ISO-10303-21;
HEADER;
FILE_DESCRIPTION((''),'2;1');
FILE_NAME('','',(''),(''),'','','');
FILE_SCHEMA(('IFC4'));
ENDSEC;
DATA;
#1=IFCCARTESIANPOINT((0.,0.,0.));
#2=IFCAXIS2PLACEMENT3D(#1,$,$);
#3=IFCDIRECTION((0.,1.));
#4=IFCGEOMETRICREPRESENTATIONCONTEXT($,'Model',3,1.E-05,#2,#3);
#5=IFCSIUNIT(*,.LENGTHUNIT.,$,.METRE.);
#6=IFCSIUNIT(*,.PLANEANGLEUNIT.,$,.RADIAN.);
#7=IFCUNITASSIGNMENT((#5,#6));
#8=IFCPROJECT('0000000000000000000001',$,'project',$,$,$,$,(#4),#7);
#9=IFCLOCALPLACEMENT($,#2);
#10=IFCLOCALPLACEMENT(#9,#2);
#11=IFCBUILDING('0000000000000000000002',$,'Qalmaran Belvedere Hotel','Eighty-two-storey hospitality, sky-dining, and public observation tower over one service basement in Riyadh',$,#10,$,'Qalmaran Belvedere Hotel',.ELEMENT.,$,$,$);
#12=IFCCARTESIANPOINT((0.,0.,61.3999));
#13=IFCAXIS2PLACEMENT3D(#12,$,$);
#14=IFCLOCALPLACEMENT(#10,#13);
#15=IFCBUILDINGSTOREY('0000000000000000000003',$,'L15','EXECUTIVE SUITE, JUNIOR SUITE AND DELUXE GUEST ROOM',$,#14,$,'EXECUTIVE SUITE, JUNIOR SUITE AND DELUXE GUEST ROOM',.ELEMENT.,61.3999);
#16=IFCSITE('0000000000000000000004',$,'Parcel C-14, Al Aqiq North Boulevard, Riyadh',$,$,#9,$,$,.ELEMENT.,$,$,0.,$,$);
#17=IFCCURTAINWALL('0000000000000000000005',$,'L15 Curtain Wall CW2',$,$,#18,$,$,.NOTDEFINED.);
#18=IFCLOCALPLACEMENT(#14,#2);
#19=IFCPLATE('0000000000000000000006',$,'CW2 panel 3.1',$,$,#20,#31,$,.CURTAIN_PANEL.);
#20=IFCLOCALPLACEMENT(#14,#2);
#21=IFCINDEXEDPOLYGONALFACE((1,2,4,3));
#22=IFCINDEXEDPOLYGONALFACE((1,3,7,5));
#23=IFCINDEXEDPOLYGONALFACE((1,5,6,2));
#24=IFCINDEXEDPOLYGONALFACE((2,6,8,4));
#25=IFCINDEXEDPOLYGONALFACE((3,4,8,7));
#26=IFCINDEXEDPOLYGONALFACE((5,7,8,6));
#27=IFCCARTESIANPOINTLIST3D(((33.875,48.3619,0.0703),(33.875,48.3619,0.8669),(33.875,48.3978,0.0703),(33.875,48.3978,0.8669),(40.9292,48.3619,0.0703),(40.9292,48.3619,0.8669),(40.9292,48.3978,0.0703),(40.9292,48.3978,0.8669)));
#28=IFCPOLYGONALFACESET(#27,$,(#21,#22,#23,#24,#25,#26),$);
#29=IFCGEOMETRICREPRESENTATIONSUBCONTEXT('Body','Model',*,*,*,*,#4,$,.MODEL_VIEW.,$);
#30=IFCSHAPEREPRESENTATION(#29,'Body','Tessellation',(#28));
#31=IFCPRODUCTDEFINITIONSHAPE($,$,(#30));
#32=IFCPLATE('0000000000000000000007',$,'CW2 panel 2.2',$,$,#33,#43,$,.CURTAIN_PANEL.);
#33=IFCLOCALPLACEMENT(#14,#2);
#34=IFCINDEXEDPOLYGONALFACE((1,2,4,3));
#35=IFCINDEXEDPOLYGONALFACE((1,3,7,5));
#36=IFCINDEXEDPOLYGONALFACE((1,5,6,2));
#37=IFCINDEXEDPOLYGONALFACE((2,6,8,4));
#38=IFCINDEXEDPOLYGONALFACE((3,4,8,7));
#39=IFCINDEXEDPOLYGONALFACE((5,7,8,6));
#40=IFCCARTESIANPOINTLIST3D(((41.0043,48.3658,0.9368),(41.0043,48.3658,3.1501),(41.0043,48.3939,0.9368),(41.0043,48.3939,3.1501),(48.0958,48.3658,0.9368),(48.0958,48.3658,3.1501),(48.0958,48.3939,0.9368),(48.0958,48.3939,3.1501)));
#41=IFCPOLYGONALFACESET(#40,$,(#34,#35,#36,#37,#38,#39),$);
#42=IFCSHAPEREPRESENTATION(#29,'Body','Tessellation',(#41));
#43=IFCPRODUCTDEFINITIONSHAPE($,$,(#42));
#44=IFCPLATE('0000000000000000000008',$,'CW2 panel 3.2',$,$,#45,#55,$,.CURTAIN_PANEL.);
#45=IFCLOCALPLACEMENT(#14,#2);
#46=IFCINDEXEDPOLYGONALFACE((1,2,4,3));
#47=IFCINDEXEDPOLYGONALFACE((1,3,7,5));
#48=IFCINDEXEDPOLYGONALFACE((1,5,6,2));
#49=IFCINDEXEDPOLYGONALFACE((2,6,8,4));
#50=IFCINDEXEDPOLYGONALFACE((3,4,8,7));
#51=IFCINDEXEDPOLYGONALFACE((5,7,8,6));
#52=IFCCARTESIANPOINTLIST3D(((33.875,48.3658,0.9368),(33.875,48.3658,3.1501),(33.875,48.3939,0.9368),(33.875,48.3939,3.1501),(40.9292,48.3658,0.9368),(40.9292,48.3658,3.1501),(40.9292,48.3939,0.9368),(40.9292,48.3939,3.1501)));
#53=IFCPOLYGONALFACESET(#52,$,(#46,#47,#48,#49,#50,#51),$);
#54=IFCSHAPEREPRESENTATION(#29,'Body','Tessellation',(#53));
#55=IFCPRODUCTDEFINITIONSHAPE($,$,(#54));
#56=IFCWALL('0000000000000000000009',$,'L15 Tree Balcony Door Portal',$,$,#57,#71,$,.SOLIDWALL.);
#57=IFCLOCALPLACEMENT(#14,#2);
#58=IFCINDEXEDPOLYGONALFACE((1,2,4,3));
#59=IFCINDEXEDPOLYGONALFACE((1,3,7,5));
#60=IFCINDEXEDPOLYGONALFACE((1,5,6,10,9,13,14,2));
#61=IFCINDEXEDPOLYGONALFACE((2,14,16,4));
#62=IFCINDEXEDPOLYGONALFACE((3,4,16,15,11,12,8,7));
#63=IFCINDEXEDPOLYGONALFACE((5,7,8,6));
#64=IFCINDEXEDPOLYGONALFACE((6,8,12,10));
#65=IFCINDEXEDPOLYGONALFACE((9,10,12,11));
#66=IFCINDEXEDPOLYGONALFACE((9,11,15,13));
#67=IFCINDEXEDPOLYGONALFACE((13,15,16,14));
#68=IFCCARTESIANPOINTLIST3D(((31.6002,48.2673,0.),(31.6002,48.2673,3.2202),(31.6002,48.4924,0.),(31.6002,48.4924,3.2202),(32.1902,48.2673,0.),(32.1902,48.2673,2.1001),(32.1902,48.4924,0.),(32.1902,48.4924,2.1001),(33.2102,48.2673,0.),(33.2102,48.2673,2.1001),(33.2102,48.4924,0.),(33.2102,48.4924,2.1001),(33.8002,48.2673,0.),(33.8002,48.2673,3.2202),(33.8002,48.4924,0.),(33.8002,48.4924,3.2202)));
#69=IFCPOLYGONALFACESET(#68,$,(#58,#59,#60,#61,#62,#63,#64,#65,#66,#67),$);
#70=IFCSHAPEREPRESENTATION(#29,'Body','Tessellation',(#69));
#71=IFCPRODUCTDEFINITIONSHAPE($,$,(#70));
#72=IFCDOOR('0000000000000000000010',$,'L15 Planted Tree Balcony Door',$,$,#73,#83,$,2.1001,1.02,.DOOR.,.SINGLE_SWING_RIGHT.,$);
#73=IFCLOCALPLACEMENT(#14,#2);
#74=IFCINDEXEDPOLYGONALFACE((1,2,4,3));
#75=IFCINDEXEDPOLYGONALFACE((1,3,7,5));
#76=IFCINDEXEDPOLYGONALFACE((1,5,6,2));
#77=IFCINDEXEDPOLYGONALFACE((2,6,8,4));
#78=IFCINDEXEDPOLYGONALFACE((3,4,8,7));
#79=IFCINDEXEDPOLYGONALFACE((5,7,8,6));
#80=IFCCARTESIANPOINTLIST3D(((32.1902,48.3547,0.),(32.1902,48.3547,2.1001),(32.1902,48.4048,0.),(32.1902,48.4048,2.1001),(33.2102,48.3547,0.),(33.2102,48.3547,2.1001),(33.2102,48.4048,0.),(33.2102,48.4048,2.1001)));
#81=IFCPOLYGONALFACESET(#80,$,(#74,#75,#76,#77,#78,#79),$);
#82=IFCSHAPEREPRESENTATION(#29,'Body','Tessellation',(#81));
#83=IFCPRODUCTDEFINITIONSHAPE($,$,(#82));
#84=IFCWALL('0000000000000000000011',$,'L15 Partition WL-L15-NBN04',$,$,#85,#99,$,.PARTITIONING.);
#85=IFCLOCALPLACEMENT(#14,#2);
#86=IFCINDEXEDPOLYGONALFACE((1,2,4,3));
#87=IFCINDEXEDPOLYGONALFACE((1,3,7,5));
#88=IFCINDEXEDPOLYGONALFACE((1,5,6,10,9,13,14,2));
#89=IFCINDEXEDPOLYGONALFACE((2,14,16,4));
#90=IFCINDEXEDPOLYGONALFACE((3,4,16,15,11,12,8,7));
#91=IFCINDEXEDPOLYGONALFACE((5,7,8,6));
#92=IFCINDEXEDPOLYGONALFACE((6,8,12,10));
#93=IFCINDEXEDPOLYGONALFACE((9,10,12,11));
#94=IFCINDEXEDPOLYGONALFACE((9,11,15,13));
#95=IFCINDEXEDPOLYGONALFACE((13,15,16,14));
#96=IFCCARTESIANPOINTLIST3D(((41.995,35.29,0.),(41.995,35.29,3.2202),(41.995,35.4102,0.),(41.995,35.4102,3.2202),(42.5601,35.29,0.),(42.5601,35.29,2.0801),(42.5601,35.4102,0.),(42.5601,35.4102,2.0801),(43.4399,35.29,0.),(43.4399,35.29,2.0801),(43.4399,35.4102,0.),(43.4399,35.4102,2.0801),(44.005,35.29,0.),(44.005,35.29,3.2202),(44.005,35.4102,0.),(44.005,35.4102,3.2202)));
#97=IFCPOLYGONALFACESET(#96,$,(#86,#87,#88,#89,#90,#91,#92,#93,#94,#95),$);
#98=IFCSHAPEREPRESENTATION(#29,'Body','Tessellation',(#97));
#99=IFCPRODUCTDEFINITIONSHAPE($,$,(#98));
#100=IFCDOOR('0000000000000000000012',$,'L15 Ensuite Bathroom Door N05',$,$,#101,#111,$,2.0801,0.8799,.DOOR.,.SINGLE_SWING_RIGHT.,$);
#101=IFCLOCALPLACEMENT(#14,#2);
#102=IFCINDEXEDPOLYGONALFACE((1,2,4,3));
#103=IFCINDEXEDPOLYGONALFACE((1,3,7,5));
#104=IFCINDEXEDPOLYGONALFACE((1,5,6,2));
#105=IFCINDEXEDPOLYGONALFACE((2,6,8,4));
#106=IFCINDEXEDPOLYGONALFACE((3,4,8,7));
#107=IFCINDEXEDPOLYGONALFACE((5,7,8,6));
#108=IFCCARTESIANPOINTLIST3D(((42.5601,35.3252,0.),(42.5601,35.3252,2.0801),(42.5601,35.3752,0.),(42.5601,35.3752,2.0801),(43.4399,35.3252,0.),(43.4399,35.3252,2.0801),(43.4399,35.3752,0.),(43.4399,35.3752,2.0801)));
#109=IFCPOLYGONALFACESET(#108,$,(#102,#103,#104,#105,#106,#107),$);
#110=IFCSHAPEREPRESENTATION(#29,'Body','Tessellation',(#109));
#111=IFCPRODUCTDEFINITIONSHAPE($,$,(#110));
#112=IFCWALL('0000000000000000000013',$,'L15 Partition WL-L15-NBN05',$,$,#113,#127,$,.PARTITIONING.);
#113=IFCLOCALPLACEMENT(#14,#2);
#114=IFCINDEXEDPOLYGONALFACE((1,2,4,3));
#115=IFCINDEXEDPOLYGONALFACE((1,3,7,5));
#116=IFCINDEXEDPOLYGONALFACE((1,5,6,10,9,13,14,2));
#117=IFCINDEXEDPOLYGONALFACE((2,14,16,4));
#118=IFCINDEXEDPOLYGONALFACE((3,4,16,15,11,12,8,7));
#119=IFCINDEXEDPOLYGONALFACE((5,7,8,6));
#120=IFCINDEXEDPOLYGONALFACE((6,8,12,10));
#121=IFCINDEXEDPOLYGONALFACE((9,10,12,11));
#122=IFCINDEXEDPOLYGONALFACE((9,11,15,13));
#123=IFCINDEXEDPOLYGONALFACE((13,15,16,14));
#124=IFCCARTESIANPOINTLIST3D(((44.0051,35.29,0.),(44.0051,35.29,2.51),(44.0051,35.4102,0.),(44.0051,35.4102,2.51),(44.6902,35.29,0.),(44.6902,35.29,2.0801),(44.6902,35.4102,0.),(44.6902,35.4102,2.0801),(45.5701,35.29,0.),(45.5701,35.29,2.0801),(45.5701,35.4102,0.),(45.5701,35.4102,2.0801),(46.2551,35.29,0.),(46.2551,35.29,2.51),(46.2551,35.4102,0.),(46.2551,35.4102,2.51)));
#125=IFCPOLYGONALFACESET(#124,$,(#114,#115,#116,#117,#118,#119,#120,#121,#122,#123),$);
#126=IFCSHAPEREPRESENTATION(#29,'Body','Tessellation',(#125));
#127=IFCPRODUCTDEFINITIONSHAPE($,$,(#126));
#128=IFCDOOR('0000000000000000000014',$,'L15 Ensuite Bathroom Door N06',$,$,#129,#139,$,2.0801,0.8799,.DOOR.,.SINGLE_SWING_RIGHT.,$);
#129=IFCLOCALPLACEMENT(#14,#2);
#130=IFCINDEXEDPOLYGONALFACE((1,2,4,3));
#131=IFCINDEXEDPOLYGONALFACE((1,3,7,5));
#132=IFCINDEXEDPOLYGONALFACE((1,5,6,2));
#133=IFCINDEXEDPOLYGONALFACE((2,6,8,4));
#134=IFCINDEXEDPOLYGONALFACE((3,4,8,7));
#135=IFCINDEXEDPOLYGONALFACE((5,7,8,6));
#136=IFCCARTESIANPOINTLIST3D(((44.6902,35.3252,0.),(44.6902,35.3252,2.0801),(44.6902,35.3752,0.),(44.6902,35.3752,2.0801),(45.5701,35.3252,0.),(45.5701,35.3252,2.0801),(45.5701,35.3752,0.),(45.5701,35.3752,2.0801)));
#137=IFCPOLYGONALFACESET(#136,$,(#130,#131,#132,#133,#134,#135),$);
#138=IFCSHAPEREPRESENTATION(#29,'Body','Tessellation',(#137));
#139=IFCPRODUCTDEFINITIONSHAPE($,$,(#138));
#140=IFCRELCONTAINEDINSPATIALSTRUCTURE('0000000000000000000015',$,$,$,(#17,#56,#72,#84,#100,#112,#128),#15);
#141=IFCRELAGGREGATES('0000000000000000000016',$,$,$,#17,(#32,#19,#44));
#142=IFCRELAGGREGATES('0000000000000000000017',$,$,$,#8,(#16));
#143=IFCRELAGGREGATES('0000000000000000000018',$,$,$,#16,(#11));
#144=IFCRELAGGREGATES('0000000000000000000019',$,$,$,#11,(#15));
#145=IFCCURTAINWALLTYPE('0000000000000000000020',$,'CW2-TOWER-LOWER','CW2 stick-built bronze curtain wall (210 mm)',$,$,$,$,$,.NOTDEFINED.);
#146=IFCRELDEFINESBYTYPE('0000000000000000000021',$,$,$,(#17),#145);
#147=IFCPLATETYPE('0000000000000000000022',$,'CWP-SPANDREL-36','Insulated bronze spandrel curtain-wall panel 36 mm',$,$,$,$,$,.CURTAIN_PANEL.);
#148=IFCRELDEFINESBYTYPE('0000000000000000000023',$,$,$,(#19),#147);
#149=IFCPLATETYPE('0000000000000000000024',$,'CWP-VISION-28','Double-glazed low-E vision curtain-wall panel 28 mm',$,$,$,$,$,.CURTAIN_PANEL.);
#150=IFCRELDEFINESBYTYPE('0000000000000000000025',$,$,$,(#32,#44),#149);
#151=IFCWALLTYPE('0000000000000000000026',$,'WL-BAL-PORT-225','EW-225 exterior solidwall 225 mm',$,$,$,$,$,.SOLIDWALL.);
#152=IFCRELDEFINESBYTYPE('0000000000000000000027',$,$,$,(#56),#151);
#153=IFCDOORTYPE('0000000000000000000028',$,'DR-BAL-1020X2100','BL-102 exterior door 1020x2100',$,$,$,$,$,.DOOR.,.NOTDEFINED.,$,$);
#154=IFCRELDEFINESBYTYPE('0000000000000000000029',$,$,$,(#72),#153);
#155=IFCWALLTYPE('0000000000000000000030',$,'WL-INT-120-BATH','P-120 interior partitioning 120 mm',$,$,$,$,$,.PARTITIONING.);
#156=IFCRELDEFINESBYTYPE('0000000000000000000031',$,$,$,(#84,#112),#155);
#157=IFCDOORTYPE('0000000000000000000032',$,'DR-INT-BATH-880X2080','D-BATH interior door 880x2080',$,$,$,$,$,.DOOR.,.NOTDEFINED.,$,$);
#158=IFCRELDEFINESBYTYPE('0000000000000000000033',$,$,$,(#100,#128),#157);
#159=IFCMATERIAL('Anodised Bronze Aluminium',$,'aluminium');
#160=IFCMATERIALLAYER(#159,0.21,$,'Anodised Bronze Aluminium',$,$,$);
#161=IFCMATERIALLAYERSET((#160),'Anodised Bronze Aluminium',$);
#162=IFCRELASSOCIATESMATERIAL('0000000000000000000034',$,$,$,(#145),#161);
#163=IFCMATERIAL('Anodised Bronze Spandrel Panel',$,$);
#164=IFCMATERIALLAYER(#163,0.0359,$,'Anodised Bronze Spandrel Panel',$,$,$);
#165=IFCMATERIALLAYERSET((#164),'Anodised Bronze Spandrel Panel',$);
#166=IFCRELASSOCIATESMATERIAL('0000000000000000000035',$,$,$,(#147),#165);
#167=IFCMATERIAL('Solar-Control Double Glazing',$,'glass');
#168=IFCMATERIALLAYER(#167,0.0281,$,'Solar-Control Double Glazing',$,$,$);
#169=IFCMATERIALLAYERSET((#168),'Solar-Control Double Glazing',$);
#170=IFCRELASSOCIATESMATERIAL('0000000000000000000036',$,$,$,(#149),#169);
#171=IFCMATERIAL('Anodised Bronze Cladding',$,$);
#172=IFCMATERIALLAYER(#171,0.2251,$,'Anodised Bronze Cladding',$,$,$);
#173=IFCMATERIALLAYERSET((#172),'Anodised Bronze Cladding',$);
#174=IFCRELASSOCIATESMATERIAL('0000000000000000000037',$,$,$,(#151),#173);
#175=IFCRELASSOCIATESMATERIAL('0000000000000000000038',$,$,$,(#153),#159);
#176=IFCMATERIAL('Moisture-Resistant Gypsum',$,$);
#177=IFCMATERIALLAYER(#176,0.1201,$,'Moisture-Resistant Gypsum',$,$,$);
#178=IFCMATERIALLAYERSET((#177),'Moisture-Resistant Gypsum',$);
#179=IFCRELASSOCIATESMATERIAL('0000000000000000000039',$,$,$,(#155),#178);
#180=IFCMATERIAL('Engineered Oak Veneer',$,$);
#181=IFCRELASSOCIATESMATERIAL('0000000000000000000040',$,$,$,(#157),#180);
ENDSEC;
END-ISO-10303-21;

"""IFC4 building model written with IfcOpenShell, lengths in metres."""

from ifc_helpers import new_model, si_unit, direction, frame, frame_2d, origin, origin_2d, place, context, subcontext, project, spatial, rectangle, extrude, material, layer, layer_set, type_object, element, fill, aggregate, save


model = new_model("IFC4")

# Units and contexts
model_context = context("Model", 3, precision=1e-05, world=origin(), true_north=direction((0.0, 1.0)))
body_context = subcontext(model_context, "Body", "Model", "MODEL_VIEW")
ifc_project = project(units=[si_unit("LENGTHUNIT", "METRE"), si_unit("PLANEANGLEUNIT", "RADIAN")], contexts=[model_context])

# Site, building, storey
site_placement = place(None, origin())
site = spatial("IfcSite", under=ifc_project, at=site_placement, Name="Parcel C-14, Al Aqiq North Boulevard, Riyadh", CompositionType="ELEMENT", RefElevation=0.0)
building_placement = place(site_placement, origin())
building = spatial("IfcBuilding", under=site, at=building_placement, Name="Qalmaran Belvedere Hotel", Description="Eighty-two-storey hospitality, sky-dining, and public observation tower over one service basement in Riyadh", LongName="Qalmaran Belvedere Hotel", CompositionType="ELEMENT")
storey_placement = place(building_placement, frame((0.0, 0.0, 61.3999)))
storey = spatial("IfcBuildingStorey", under=building, at=storey_placement, Name="L15", Description="EXECUTIVE SUITE, JUNIOR SUITE AND DELUXE GUEST ROOM", LongName="EXECUTIVE SUITE, JUNIOR SUITE AND DELUXE GUEST ROOM", CompositionType="ELEMENT", Elevation=61.3999)

# Shared definitions
ifc_material_1 = material(Name="Anodised Bronze Aluminium", Category="aluminium")
ifc_layer_1 = layer(ifc_material_1, 0.21, Name="Anodised Bronze Aluminium")
ifc_layer_set_1 = layer_set([ifc_layer_1], Name="Anodised Bronze Aluminium")
curtain_wall_type = type_object("IfcCurtainWallType", Name="CW2-TOWER-LOWER", Description="CW2 stick-built bronze curtain wall (210 mm)", PredefinedType="NOTDEFINED", material=ifc_layer_set_1)

# Curtain wall
curtain_wall_1_placement = place(storey_placement, origin())
curtain_wall_1 = element("IfcCurtainWall", 1, at=curtain_wall_1_placement, inside=storey, type_object=curtain_wall_type, Name="L15 Curtain Wall CW2", PredefinedType="NOTDEFINED")

# Plates
ifc_material_2 = material(Name="Anodised Bronze Spandrel Panel")
ifc_layer_2 = layer(ifc_material_2, 0.0359, Name="Anodised Bronze Spandrel Panel")
ifc_layer_set_2 = layer_set([ifc_layer_2], Name="Anodised Bronze Spandrel Panel")
plate_type_1 = type_object("IfcPlateType", Name="CWP-SPANDREL-36", Description="Insulated bronze spandrel curtain-wall panel 36 mm", PredefinedType="CURTAIN_PANEL", material=ifc_layer_set_2)
plate_1_placement = place(storey_placement, frame((37.4021, 48.3799, 0.0703), z_axis=(0.0, 0.0, 1.0), x_axis=(-1.0, 0.0, 0.0)))
plate_1 = element("IfcPlate", 2, at=plate_1_placement, type_object=plate_type_1, Name="CW2 panel 3.1", PredefinedType="CURTAIN_PANEL", context=body_context, shape_type="SweptSolid", body=[
    extrude(rectangle(XDim=7.0542, YDim=0.0359, at=origin_2d()), origin(), (0.0, 0.0, 1.0), 0.7966),
])
ifc_material_3 = material(Name="Solar-Control Double Glazing", Category="glass")
ifc_layer_3 = layer(ifc_material_3, 0.0281, Name="Solar-Control Double Glazing")
ifc_layer_set_3 = layer_set([ifc_layer_3], Name="Solar-Control Double Glazing")
plate_type_2 = type_object("IfcPlateType", Name="CWP-VISION-28", Description="Double-glazed low-E vision curtain-wall panel 28 mm", PredefinedType="CURTAIN_PANEL", material=ifc_layer_set_3)
plate_2_placement = place(storey_placement, frame((44.55, 48.3799, 0.9368), z_axis=(0.0, 0.0, 1.0), x_axis=(-1.0, 0.0, 0.0)))
plate_2 = element("IfcPlate", 3, at=plate_2_placement, type_object=plate_type_2, Name="CW2 panel 2.2", PredefinedType="CURTAIN_PANEL", context=body_context, shape_type="SweptSolid", body=[
    extrude(rectangle(XDim=7.0916, YDim=0.0281, at=origin_2d()), origin(), (0.0, 0.0, 1.0), 2.2134),
])
plate_3_placement = place(storey_placement, frame((37.4021, 48.3799, 0.9368), z_axis=(0.0, 0.0, 1.0), x_axis=(-1.0, 0.0, 0.0)))
plate_3 = element("IfcPlate", 4, at=plate_3_placement, type_object=plate_type_2, Name="CW2 panel 3.2", PredefinedType="CURTAIN_PANEL", context=body_context, shape_type="SweptSolid", body=[
    extrude(rectangle(XDim=7.0542, YDim=0.0281, at=origin_2d()), origin(), (0.0, 0.0, 1.0), 2.2134),
])
aggregate(curtain_wall_1, [plate_2, plate_1, plate_3])

# Walls, openings, doors
ifc_material_4 = material(Name="Anodised Bronze Cladding")
ifc_layer_4 = layer(ifc_material_4, 0.2251, Name="Anodised Bronze Cladding")
ifc_layer_set_4 = layer_set([ifc_layer_4], Name="Anodised Bronze Cladding")
wall_type_1 = type_object("IfcWallType", Name="WL-BAL-PORT-225", Description="EW-225 exterior solidwall 225 mm", PredefinedType="SOLIDWALL", material=ifc_layer_set_4)
wall_1_placement = place(storey_placement, frame((31.6001, 48.3799, 0.0), z_axis=(0.0, 0.0, 1.0), x_axis=(1.0, 0.0, 0.0)))
wall_1 = element("IfcWall", 5, at=wall_1_placement, inside=storey, type_object=wall_type_1, Name="L15 Tree Balcony Door Portal", PredefinedType="SOLIDWALL", context=body_context, shape_type="SweptSolid", body=[
    extrude(rectangle(XDim=2.2, YDim=0.2251, at=frame_2d((1.1001, 0.0))), origin(), (0.0, 0.0, 1.0), 3.2202),
])
opening_1_placement = place(wall_1_placement, frame((0.5901, 0.0, 0.0)))
opening_1 = element("IfcOpeningElement", 6, at=opening_1_placement, cuts=wall_1, PredefinedType="OPENING", context=body_context, shape_type="SweptSolid", body=[
    extrude(rectangle(XDim=1.02, YDim=2.1001, at=frame_2d((0.51, 1.05))), frame((0.0, 0.1226, 0.0), z_axis=(0.0, -1.0, 0.0), x_axis=(1.0, 0.0, 0.0)), (0.0, 0.0, 1.0), 0.2451),
])
door_type_1 = type_object("IfcDoorType", Name="DR-BAL-1020X2100", Description="BL-102 exterior door 1020x2100", OperationType="NOTDEFINED", PredefinedType="DOOR", material=ifc_material_1)
door_1_placement = place(opening_1_placement, origin())
door_1 = element("IfcDoor", 7, at=door_1_placement, inside=storey, type_object=door_type_1, Name="L15 Planted Tree Balcony Door", OperationType="SINGLE_SWING_RIGHT", OverallHeight=2.1001, OverallWidth=1.02, PredefinedType="DOOR", context=body_context, shape_type="SweptSolid", body=[
    extrude(rectangle(XDim=1.02, YDim=2.1001, at=frame_2d((0.51, 1.05))), frame((0.0, 0.0249, 0.0), z_axis=(0.0, -1.0, 0.0), x_axis=(1.0, 0.0, 0.0)), (0.0, 0.0, 1.0), 0.05),
])
fill(opening_1, door_1)
ifc_material_5 = material(Name="Moisture-Resistant Gypsum")
ifc_layer_5 = layer(ifc_material_5, 0.1201, Name="Moisture-Resistant Gypsum")
ifc_layer_set_5 = layer_set([ifc_layer_5], Name="Moisture-Resistant Gypsum")
wall_type_2 = type_object("IfcWallType", Name="WL-INT-120-BATH", Description="P-120 interior partitioning 120 mm", PredefinedType="PARTITIONING", material=ifc_layer_set_5)
wall_2_placement = place(storey_placement, frame((41.9951, 35.3501, 0.0), z_axis=(0.0, 0.0, 1.0), x_axis=(1.0, 0.0, 0.0)))
wall_2 = element("IfcWall", 8, at=wall_2_placement, inside=storey, type_object=wall_type_2, Name="L15 Partition WL-L15-NBN04", PredefinedType="PARTITIONING", context=body_context, shape_type="SweptSolid", body=[
    extrude(rectangle(XDim=2.01, YDim=0.1201, at=frame_2d((1.0049, 0.0))), origin(), (0.0, 0.0, 1.0), 3.2202),
])
opening_2_placement = place(wall_2_placement, frame((1.4448, 0.0, 0.0), z_axis=(0.0, 0.0, 1.0), x_axis=(-1.0, 0.0, 0.0)))
opening_2 = element("IfcOpeningElement", 9, at=opening_2_placement, cuts=wall_2, PredefinedType="OPENING", context=body_context, shape_type="SweptSolid", body=[
    extrude(rectangle(XDim=0.8799, YDim=2.0801, at=frame_2d((0.4399, 1.04))), frame((0.0, 0.0701, 0.0), z_axis=(0.0, -1.0, 0.0), x_axis=(1.0, 0.0, 0.0)), (0.0, 0.0, 1.0), 0.1401),
])
ifc_material_6 = material(Name="Engineered Oak Veneer")
door_type_2 = type_object("IfcDoorType", Name="DR-INT-BATH-880X2080", Description="D-BATH interior door 880x2080", OperationType="NOTDEFINED", PredefinedType="DOOR", material=ifc_material_6)
door_2_placement = place(opening_2_placement, origin())
door_2 = element("IfcDoor", 10, at=door_2_placement, inside=storey, type_object=door_type_2, Name="L15 Ensuite Bathroom Door N05", OperationType="SINGLE_SWING_RIGHT", OverallHeight=2.0801, OverallWidth=0.8799, PredefinedType="DOOR", context=body_context, shape_type="SweptSolid", body=[
    extrude(rectangle(XDim=0.8799, YDim=2.0801, at=frame_2d((0.4399, 1.04))), frame((0.0, 0.0249, 0.0), z_axis=(0.0, -1.0, 0.0), x_axis=(1.0, 0.0, 0.0)), (0.0, 0.0, 1.0), 0.05),
])
fill(opening_2, door_2)
wall_3_placement = place(storey_placement, frame((44.0051, 35.3501, 0.0), z_axis=(0.0, 0.0, 1.0), x_axis=(1.0, 0.0, 0.0)))
wall_3 = element("IfcWall", 11, at=wall_3_placement, inside=storey, type_object=wall_type_2, Name="L15 Partition WL-L15-NBN05", PredefinedType="PARTITIONING", context=body_context, shape_type="SweptSolid", body=[
    extrude(rectangle(XDim=2.25, YDim=0.1201, at=frame_2d((1.125, 0.0))), origin(), (0.0, 0.0, 1.0), 2.51),
])
opening_3_placement = place(wall_3_placement, frame((1.5649, 0.0, 0.0), z_axis=(0.0, 0.0, 1.0), x_axis=(-1.0, 0.0, 0.0)))
opening_3 = element("IfcOpeningElement", 12, at=opening_3_placement, cuts=wall_3, PredefinedType="OPENING", context=body_context, shape_type="SweptSolid", body=[
    extrude(rectangle(XDim=0.8799, YDim=2.0801, at=frame_2d((0.4399, 1.04))), frame((0.0, 0.0701, 0.0), z_axis=(0.0, -1.0, 0.0), x_axis=(1.0, 0.0, 0.0)), (0.0, 0.0, 1.0), 0.1401),
])
door_3_placement = place(opening_3_placement, origin())
door_3 = element("IfcDoor", 13, at=door_3_placement, inside=storey, type_object=door_type_2, Name="L15 Ensuite Bathroom Door N06", OperationType="SINGLE_SWING_RIGHT", OverallHeight=2.0801, OverallWidth=0.8799, PredefinedType="DOOR", context=body_context, shape_type="SweptSolid", body=[
    extrude(rectangle(XDim=0.8799, YDim=2.0801, at=frame_2d((0.4399, 1.04))), frame((0.0, 0.0249, 0.0), z_axis=(0.0, -1.0, 0.0), x_axis=(1.0, 0.0, 0.0)), (0.0, 0.0, 1.0), 0.05),
])
fill(opening_3, door_3)

save(model, "model.ifc")
